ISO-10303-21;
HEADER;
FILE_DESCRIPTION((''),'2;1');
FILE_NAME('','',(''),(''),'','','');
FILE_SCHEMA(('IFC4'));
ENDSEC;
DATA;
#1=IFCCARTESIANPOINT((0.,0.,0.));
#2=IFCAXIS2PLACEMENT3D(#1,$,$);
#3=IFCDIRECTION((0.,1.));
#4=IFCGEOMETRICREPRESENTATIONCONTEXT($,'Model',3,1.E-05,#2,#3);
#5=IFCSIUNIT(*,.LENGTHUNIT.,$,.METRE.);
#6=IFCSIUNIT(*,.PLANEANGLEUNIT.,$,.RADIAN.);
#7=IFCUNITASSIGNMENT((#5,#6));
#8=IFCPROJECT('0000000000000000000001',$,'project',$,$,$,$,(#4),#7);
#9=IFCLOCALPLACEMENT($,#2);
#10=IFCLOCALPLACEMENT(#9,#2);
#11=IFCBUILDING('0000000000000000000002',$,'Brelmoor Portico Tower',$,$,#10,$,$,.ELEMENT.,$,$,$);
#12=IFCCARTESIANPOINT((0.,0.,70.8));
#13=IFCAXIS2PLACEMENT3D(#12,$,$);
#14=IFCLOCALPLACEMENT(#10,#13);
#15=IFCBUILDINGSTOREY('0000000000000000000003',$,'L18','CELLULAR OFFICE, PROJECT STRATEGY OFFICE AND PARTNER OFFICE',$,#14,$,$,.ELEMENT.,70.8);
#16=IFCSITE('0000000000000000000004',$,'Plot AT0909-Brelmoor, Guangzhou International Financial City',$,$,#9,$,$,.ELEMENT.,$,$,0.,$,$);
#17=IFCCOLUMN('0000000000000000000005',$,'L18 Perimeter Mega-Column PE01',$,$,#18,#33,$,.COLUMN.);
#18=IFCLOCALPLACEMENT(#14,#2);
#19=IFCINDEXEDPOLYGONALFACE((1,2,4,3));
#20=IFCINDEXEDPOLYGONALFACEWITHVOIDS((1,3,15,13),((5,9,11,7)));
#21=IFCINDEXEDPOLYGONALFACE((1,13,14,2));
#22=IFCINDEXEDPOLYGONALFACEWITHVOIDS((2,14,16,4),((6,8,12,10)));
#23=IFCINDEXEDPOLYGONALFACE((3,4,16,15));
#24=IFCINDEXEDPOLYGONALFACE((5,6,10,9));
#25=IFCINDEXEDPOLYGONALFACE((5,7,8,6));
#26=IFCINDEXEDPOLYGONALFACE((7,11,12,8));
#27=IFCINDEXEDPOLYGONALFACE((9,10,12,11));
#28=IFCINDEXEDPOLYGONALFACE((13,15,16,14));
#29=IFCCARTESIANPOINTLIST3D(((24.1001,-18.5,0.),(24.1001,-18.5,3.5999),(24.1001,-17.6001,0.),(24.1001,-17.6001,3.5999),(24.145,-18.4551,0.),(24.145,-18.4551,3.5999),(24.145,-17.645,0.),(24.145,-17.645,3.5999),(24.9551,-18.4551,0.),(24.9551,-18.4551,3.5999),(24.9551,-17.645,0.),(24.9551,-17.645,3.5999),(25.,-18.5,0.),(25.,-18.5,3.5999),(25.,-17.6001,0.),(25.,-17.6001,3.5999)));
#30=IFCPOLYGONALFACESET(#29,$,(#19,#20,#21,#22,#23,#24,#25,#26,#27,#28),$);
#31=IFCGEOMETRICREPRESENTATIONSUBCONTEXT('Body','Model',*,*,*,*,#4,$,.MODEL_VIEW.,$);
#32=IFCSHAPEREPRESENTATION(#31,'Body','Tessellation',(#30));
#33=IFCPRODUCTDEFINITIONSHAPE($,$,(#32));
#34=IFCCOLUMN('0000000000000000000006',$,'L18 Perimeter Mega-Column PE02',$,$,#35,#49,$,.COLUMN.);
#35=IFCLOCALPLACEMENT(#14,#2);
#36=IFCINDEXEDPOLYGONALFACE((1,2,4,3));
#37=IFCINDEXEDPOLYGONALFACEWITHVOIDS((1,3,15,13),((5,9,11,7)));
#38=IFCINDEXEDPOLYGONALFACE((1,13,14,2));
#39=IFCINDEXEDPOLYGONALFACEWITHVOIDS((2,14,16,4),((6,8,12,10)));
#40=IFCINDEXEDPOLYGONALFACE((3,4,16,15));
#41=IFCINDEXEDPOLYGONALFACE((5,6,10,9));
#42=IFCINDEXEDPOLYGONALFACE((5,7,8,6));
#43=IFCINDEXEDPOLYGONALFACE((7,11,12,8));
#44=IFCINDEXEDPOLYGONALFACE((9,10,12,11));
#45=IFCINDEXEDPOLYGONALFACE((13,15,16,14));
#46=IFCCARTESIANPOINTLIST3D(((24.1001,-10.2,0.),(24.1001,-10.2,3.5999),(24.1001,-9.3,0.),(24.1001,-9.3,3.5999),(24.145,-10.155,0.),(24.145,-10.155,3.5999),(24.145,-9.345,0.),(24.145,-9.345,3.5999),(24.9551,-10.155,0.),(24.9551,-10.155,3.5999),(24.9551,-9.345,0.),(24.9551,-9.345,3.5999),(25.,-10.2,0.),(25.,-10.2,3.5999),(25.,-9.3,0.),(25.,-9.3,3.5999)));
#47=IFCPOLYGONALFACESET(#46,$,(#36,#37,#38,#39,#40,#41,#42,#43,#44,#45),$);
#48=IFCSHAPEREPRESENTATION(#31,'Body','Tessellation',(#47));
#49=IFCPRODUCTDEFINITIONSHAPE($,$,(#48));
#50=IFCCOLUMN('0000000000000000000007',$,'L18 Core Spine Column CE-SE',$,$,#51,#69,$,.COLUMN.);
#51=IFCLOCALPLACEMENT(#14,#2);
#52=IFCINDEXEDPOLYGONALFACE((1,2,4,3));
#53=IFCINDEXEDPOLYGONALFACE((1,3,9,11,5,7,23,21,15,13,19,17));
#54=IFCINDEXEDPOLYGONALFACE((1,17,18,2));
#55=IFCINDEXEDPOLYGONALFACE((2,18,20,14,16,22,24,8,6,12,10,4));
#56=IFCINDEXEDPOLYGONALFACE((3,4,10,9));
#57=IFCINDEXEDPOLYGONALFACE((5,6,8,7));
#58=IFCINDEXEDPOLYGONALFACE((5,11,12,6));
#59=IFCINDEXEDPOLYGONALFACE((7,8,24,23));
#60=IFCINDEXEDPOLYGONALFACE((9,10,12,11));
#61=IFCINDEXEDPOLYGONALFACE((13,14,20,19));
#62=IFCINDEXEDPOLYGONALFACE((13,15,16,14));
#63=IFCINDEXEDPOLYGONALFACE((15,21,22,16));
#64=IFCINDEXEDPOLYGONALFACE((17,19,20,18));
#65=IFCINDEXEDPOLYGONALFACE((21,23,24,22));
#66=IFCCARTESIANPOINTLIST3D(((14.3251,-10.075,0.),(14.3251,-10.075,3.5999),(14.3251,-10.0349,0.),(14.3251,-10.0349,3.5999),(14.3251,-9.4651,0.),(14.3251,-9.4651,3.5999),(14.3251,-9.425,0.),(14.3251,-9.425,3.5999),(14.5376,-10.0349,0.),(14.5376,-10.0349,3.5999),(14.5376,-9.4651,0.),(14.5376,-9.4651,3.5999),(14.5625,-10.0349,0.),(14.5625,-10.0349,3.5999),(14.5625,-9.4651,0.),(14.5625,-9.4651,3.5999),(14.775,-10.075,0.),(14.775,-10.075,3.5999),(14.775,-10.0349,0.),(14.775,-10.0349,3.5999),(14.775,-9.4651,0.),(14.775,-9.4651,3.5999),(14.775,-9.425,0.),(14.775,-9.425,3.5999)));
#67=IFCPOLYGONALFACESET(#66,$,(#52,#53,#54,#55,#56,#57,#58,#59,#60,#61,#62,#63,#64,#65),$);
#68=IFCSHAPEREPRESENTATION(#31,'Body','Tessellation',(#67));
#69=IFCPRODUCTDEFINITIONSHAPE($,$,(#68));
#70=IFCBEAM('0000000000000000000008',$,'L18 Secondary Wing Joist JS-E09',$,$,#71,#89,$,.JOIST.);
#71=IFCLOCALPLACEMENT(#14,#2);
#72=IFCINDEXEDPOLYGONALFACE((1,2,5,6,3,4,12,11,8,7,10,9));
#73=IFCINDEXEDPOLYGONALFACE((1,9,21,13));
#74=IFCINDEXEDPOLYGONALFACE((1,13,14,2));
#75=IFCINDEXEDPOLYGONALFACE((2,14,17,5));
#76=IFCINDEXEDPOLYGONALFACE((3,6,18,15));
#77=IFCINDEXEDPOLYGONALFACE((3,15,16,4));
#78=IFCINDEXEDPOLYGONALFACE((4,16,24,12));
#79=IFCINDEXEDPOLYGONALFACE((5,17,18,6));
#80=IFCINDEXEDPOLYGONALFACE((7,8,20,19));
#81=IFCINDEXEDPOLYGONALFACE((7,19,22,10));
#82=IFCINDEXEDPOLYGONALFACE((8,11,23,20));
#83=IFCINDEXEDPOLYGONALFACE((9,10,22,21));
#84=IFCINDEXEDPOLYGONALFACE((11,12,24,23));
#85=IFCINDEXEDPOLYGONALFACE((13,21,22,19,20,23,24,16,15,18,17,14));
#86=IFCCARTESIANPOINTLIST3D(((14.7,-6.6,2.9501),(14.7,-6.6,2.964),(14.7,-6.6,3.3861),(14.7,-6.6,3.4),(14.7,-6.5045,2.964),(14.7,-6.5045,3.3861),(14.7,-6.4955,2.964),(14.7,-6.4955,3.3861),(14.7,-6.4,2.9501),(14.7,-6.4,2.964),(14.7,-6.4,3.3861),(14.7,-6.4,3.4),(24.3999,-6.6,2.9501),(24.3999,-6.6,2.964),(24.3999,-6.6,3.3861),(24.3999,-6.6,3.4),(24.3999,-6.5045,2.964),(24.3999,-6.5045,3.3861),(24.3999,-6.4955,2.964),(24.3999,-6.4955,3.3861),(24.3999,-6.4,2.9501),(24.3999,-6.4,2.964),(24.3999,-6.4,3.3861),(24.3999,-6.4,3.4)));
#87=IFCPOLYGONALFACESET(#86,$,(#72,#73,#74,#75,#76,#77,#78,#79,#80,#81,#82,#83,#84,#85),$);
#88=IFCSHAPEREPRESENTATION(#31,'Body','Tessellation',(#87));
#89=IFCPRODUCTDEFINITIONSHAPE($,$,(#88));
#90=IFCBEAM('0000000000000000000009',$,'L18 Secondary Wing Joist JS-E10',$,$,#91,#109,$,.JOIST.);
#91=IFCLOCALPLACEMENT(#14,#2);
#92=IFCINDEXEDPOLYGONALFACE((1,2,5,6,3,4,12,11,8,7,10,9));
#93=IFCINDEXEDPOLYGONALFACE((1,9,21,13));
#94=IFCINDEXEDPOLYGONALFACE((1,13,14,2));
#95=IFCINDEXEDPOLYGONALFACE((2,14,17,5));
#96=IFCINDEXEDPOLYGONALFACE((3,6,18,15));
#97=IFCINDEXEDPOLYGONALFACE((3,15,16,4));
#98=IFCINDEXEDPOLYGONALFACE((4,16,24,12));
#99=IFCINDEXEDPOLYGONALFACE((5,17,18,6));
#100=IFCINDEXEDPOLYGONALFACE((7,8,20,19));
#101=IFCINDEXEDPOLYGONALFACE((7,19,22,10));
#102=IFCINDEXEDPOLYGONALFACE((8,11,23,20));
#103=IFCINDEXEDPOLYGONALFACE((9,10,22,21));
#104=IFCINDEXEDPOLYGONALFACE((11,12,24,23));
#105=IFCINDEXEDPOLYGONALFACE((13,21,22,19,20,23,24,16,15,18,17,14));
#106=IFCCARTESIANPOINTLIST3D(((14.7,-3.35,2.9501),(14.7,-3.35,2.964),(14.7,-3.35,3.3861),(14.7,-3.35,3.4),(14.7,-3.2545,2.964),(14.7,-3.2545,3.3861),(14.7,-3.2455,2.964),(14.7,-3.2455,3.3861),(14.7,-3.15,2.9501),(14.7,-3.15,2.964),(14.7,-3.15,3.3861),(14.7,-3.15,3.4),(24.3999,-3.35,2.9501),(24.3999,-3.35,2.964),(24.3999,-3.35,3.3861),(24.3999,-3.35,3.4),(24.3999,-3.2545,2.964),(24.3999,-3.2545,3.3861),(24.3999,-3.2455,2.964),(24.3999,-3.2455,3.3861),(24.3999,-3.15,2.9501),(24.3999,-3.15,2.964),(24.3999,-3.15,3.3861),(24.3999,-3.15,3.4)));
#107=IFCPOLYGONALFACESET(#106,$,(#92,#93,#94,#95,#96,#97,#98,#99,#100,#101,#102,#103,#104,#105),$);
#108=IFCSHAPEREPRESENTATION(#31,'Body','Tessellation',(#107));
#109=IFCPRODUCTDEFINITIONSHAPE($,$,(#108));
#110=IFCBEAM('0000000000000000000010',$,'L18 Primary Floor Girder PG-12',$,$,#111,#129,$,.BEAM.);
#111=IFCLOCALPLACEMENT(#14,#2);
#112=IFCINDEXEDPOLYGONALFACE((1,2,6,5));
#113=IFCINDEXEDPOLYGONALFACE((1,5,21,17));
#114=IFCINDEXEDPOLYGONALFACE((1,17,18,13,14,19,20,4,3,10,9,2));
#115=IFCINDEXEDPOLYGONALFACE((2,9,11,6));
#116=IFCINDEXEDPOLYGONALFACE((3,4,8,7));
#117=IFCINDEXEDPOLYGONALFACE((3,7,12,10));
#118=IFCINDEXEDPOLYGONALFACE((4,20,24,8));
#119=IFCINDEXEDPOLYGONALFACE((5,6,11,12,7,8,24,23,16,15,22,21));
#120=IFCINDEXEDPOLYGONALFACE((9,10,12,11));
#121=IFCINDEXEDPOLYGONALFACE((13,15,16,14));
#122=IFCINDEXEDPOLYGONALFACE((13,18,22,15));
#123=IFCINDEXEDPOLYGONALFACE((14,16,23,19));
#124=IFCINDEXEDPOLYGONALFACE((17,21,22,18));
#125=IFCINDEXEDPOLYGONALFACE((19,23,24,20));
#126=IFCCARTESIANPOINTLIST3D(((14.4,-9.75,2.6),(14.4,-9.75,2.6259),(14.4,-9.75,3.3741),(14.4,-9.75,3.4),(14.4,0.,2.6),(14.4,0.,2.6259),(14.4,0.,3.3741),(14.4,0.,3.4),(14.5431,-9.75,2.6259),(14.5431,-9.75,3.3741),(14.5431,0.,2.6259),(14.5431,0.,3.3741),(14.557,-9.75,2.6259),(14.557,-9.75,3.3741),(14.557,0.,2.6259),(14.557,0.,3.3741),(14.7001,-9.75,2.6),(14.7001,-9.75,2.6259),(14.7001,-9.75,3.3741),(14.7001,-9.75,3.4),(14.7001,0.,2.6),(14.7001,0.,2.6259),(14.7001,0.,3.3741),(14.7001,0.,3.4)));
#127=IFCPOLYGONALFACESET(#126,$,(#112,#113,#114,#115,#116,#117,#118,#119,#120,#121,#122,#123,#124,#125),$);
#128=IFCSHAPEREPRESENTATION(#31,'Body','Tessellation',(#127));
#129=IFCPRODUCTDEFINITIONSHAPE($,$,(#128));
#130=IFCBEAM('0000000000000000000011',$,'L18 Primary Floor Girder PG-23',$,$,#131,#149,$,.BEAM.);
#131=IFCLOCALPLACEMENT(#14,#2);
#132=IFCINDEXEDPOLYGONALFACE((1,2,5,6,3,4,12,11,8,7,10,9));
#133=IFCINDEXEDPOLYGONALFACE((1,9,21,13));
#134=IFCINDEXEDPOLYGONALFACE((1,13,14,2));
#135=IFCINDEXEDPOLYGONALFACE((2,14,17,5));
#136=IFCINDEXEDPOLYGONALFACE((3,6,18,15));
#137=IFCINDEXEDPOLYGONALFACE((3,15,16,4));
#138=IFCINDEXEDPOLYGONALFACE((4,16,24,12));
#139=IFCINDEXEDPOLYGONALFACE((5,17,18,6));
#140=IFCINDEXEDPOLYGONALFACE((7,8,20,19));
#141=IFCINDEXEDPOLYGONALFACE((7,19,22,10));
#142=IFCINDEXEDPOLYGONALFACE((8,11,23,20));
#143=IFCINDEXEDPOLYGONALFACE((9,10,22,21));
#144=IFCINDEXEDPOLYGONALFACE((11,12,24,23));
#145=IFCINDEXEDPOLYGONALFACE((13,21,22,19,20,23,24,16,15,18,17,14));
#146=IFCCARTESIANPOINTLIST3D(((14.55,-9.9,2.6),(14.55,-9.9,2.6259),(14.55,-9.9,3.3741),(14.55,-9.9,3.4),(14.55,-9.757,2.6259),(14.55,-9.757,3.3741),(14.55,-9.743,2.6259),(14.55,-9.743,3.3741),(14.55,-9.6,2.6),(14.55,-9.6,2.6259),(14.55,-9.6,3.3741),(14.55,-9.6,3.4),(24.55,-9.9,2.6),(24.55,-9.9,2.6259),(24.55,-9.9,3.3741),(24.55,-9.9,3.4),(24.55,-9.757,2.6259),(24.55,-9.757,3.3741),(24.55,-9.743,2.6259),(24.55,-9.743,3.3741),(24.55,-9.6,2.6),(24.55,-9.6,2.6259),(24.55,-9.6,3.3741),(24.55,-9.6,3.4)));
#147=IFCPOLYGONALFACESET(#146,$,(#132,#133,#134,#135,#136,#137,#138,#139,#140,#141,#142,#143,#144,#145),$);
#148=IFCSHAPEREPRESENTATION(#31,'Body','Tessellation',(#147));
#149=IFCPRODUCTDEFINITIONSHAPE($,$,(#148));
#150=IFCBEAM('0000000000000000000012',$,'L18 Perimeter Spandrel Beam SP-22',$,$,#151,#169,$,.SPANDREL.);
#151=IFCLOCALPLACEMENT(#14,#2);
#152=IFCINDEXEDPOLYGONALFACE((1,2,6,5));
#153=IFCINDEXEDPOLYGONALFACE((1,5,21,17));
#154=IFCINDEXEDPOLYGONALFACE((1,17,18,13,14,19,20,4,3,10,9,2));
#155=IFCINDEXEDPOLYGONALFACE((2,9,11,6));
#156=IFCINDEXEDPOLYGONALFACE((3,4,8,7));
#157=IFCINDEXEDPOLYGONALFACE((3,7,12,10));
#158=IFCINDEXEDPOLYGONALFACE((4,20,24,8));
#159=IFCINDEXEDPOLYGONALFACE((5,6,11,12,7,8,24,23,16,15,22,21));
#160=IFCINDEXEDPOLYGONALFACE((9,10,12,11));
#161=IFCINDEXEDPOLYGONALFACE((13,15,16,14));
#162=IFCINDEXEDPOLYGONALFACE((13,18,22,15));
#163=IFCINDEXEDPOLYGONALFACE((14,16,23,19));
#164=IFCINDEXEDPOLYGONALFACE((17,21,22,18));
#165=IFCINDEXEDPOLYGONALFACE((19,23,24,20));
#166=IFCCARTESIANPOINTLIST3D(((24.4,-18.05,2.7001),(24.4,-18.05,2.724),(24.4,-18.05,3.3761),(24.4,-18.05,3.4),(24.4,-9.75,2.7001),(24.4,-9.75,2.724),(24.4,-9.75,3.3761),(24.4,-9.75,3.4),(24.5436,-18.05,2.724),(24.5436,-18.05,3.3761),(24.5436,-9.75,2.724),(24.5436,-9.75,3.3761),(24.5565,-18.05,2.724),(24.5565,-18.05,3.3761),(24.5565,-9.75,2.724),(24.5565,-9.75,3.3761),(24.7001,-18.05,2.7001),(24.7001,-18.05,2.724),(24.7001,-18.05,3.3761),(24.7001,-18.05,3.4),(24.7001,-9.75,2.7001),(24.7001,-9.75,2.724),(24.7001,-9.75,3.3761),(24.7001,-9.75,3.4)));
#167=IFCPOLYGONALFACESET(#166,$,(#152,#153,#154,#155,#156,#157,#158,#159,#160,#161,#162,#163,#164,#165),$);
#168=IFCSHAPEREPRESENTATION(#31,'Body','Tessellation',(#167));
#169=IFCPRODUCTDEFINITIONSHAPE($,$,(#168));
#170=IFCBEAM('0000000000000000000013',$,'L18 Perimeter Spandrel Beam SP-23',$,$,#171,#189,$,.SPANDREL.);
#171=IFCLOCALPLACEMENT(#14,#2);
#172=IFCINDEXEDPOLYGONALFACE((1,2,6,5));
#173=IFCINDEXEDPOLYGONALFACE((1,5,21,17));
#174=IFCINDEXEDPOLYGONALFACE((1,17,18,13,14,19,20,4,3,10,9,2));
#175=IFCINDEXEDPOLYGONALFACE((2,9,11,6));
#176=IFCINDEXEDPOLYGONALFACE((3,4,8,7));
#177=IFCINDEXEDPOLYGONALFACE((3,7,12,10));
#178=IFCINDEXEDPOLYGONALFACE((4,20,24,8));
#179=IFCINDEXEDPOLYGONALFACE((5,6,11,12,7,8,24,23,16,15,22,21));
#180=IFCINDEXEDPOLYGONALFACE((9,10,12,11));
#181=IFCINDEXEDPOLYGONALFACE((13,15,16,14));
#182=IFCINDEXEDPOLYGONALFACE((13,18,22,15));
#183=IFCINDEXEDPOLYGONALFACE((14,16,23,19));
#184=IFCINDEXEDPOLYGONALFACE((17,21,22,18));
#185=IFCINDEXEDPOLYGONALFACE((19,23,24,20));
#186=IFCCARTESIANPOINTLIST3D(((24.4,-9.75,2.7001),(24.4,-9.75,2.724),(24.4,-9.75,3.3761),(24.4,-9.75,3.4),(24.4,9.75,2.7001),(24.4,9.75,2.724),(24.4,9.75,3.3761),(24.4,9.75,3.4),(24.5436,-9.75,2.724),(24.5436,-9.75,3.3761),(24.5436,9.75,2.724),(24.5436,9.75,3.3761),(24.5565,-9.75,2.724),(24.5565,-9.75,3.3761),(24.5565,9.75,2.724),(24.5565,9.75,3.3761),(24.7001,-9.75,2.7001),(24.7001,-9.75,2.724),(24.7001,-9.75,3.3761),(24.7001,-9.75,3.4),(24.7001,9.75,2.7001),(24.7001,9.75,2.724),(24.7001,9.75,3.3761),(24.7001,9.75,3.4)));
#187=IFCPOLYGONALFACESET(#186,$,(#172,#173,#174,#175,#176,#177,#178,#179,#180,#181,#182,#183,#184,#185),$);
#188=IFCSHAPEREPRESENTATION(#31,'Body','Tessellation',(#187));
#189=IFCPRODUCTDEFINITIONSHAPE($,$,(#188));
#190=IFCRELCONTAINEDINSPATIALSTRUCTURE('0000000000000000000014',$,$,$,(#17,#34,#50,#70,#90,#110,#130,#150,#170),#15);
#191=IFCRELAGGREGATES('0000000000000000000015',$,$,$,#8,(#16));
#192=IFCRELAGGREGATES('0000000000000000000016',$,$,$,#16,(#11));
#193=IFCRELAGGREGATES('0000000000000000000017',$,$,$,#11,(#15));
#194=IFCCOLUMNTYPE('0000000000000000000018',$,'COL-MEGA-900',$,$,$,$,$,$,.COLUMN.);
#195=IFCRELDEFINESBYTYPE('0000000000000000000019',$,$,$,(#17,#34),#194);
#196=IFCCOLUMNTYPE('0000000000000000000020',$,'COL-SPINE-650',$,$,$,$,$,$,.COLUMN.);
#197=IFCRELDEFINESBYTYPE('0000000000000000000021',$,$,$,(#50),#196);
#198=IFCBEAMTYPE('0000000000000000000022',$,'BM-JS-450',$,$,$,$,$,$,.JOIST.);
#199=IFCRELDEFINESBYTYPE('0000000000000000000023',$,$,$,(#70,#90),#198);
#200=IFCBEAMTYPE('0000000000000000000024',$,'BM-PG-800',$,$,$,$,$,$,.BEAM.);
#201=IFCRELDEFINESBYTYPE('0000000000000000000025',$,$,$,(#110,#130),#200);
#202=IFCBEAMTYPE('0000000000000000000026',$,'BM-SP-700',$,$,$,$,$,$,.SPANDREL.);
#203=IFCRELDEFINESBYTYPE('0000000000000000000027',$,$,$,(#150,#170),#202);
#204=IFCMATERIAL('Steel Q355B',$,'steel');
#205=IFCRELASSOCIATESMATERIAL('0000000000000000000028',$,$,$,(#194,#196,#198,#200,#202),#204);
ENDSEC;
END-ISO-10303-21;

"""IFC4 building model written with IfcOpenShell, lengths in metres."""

from ifc_helpers import new_model, si_unit, direction, frame, origin, origin_2d, place, context, subcontext, project, spatial, hollow_rectangle, i_section, extrude, material, material_profile, profile_set, type_object, element, save


model = new_model("IFC4")

# Units and contexts
model_context = context("Model", 3, precision=1e-05, world=origin(), true_north=direction((0.0, 1.0)))
body_context = subcontext(model_context, "Body", "Model", "MODEL_VIEW")
ifc_project = project(units=[si_unit("LENGTHUNIT", "METRE"), si_unit("PLANEANGLEUNIT", "RADIAN")], contexts=[model_context])

# Site, building, storey
site_placement = place(None, origin())
site = spatial("IfcSite", under=ifc_project, at=site_placement, Name="Plot AT0909-Brelmoor, Guangzhou International Financial City", CompositionType="ELEMENT", RefElevation=0.0)
building_placement = place(site_placement, origin())
building = spatial("IfcBuilding", under=site, at=building_placement, Name="Brelmoor Portico Tower", CompositionType="ELEMENT")
storey_placement = place(building_placement, frame((0.0, 0.0, 70.8)))
storey = spatial("IfcBuildingStorey", under=building, at=storey_placement, Name="L18", Description="CELLULAR OFFICE, PROJECT STRATEGY OFFICE AND PARTNER OFFICE", CompositionType="ELEMENT", Elevation=70.8)

# Columns
ifc_material_1 = material(Name="Steel Q355B", Category="steel")
ifc_material_profile_1 = material_profile(ifc_material_1, hollow_rectangle(XDim=0.8999, YDim=0.8999, WallThickness=0.0449, at=origin_2d()), Name="BOX 900x900x45")
ifc_profile_set_1 = profile_set([ifc_material_profile_1], Name="Steel Q355B")
column_type_1 = type_object("IfcColumnType", Name="COL-MEGA-900", PredefinedType="COLUMN", material=ifc_profile_set_1)
for number, where, z_axis, x_axis, name in (
    (1, (24.55, -18.05, 0.0), (0.0, 0.0, 1.0), (0.0, 1.0, 0.0), "L18 Perimeter Mega-Column PE01"),
    (2, (24.55, -9.75, 0.0), (0.0, 0.0, 1.0), (0.0, 1.0, 0.0), "L18 Perimeter Mega-Column PE02"),
):
    element("IfcColumn", number, at=place(storey_placement, frame(where, z_axis=z_axis, x_axis=x_axis)), inside=storey, type_object=column_type_1, Name=name, PredefinedType="COLUMN", context=body_context, shape_type="SweptSolid", body=[
        extrude(hollow_rectangle(XDim=0.8999, YDim=0.8999, WallThickness=0.0449, at=origin_2d()), origin(), (0.0, 0.0, 1.0), 3.5999),
    ])
ifc_material_profile_2 = material_profile(ifc_material_1, i_section(OverallWidth=0.45, OverallDepth=0.6499, WebThickness=0.0249, FlangeThickness=0.04, at=origin_2d()), Name="HW 650x450x25x40")
ifc_profile_set_2 = profile_set([ifc_material_profile_2], Name="Steel Q355B")
column_type_2 = type_object("IfcColumnType", Name="COL-SPINE-650", PredefinedType="COLUMN", material=ifc_profile_set_2)
column_placement = place(storey_placement, frame((14.55, -9.75, 0.0), z_axis=(0.0, 0.0, 1.0), x_axis=(1.0, 0.0, 0.0)))
element("IfcColumn", 3, at=column_placement, inside=storey, type_object=column_type_2, Name="L18 Core Spine Column CE-SE", PredefinedType="COLUMN", context=body_context, shape_type="SweptSolid", body=[
    extrude(i_section(OverallWidth=0.45, OverallDepth=0.6499, WebThickness=0.0249, FlangeThickness=0.04, at=origin_2d()), origin(), (0.0, 0.0, 1.0), 3.5999),
])

# Beams
ifc_material_profile_3 = material_profile(ifc_material_1, i_section(OverallWidth=0.2, OverallDepth=0.45, WebThickness=0.009, FlangeThickness=0.0139, at=origin_2d()), Name="HN 450x200x9x14")
ifc_profile_set_3 = profile_set([ifc_material_profile_3], Name="Steel Q355B")
beam_type_1 = type_object("IfcBeamType", Name="BM-JS-450", PredefinedType="JOIST", material=ifc_profile_set_3)
for number, where, z_axis, x_axis, name in (
    (4, (14.7, -6.5, 3.175), (1.0, 0.0, 0.0), (0.0, 1.0, 0.0), "L18 Secondary Wing Joist JS-E09"),
    (5, (14.7, -3.25, 3.175), (1.0, 0.0, 0.0), (0.0, 1.0, 0.0), "L18 Secondary Wing Joist JS-E10"),
):
    element("IfcBeam", number, at=place(storey_placement, frame(where, z_axis=z_axis, x_axis=x_axis)), inside=storey, type_object=beam_type_1, Name=name, PredefinedType="JOIST", context=body_context, shape_type="SweptSolid", body=[
        extrude(i_section(OverallWidth=0.2, OverallDepth=0.45, WebThickness=0.009, FlangeThickness=0.0139, at=origin_2d()), origin(), (0.0, 0.0, 1.0), 9.7),
    ])
ifc_material_profile_4 = material_profile(ifc_material_1, i_section(OverallWidth=0.3, OverallDepth=0.8, WebThickness=0.0139, FlangeThickness=0.0259, at=origin_2d()), Name="HN 800x300x14x26")
ifc_profile_set_4 = profile_set([ifc_material_profile_4], Name="Steel Q355B")
beam_type_2 = type_object("IfcBeamType", Name="BM-PG-800", PredefinedType="BEAM", material=ifc_profile_set_4)
beam_1_placement = place(storey_placement, frame((14.55, -9.75, 3.0), z_axis=(0.0, 1.0, 0.0), x_axis=(-1.0, 0.0, 0.0)))
element("IfcBeam", 6, at=beam_1_placement, inside=storey, type_object=beam_type_2, Name="L18 Primary Floor Girder PG-12", PredefinedType="BEAM", context=body_context, shape_type="SweptSolid", body=[
    extrude(i_section(OverallWidth=0.3, OverallDepth=0.8, WebThickness=0.0139, FlangeThickness=0.0259, at=origin_2d()), origin(), (0.0, 0.0, 1.0), 9.75),
])
beam_2_placement = place(storey_placement, frame((14.55, -9.75, 3.0), z_axis=(1.0, 0.0, 0.0), x_axis=(0.0, 1.0, 0.0)))
element("IfcBeam", 7, at=beam_2_placement, inside=storey, type_object=beam_type_2, Name="L18 Primary Floor Girder PG-23", PredefinedType="BEAM", context=body_context, shape_type="SweptSolid", body=[
    extrude(i_section(OverallWidth=0.3, OverallDepth=0.8, WebThickness=0.0139, FlangeThickness=0.0259, at=origin_2d()), origin(), (0.0, 0.0, 1.0), 10.0),
])
ifc_material_profile_5 = material_profile(ifc_material_1, i_section(OverallWidth=0.3, OverallDepth=0.7, WebThickness=0.0129, FlangeThickness=0.0239, at=origin_2d()), Name="HN 700x300x13x24")
ifc_profile_set_5 = profile_set([ifc_material_profile_5], Name="Steel Q355B")
beam_type_3 = type_object("IfcBeamType", Name="BM-SP-700", PredefinedType="SPANDREL", material=ifc_profile_set_5)
beam_3_placement = place(storey_placement, frame((24.55, -18.05, 3.05), z_axis=(0.0, 1.0, 0.0), x_axis=(-1.0, 0.0, 0.0)))
element("IfcBeam", 8, at=beam_3_placement, inside=storey, type_object=beam_type_3, Name="L18 Perimeter Spandrel Beam SP-22", PredefinedType="SPANDREL", context=body_context, shape_type="SweptSolid", body=[
    extrude(i_section(OverallWidth=0.3, OverallDepth=0.7, WebThickness=0.0129, FlangeThickness=0.0239, at=origin_2d()), origin(), (0.0, 0.0, 1.0), 8.3),
])
beam_4_placement = place(storey_placement, frame((24.55, -9.75, 3.05), z_axis=(0.0, 1.0, 0.0), x_axis=(-1.0, 0.0, 0.0)))
element("IfcBeam", 9, at=beam_4_placement, inside=storey, type_object=beam_type_3, Name="L18 Perimeter Spandrel Beam SP-23", PredefinedType="SPANDREL", context=body_context, shape_type="SweptSolid", body=[
    extrude(i_section(OverallWidth=0.3, OverallDepth=0.7, WebThickness=0.0129, FlangeThickness=0.0239, at=origin_2d()), origin(), (0.0, 0.0, 1.0), 19.5),
])

save(model, "model.ifc")
